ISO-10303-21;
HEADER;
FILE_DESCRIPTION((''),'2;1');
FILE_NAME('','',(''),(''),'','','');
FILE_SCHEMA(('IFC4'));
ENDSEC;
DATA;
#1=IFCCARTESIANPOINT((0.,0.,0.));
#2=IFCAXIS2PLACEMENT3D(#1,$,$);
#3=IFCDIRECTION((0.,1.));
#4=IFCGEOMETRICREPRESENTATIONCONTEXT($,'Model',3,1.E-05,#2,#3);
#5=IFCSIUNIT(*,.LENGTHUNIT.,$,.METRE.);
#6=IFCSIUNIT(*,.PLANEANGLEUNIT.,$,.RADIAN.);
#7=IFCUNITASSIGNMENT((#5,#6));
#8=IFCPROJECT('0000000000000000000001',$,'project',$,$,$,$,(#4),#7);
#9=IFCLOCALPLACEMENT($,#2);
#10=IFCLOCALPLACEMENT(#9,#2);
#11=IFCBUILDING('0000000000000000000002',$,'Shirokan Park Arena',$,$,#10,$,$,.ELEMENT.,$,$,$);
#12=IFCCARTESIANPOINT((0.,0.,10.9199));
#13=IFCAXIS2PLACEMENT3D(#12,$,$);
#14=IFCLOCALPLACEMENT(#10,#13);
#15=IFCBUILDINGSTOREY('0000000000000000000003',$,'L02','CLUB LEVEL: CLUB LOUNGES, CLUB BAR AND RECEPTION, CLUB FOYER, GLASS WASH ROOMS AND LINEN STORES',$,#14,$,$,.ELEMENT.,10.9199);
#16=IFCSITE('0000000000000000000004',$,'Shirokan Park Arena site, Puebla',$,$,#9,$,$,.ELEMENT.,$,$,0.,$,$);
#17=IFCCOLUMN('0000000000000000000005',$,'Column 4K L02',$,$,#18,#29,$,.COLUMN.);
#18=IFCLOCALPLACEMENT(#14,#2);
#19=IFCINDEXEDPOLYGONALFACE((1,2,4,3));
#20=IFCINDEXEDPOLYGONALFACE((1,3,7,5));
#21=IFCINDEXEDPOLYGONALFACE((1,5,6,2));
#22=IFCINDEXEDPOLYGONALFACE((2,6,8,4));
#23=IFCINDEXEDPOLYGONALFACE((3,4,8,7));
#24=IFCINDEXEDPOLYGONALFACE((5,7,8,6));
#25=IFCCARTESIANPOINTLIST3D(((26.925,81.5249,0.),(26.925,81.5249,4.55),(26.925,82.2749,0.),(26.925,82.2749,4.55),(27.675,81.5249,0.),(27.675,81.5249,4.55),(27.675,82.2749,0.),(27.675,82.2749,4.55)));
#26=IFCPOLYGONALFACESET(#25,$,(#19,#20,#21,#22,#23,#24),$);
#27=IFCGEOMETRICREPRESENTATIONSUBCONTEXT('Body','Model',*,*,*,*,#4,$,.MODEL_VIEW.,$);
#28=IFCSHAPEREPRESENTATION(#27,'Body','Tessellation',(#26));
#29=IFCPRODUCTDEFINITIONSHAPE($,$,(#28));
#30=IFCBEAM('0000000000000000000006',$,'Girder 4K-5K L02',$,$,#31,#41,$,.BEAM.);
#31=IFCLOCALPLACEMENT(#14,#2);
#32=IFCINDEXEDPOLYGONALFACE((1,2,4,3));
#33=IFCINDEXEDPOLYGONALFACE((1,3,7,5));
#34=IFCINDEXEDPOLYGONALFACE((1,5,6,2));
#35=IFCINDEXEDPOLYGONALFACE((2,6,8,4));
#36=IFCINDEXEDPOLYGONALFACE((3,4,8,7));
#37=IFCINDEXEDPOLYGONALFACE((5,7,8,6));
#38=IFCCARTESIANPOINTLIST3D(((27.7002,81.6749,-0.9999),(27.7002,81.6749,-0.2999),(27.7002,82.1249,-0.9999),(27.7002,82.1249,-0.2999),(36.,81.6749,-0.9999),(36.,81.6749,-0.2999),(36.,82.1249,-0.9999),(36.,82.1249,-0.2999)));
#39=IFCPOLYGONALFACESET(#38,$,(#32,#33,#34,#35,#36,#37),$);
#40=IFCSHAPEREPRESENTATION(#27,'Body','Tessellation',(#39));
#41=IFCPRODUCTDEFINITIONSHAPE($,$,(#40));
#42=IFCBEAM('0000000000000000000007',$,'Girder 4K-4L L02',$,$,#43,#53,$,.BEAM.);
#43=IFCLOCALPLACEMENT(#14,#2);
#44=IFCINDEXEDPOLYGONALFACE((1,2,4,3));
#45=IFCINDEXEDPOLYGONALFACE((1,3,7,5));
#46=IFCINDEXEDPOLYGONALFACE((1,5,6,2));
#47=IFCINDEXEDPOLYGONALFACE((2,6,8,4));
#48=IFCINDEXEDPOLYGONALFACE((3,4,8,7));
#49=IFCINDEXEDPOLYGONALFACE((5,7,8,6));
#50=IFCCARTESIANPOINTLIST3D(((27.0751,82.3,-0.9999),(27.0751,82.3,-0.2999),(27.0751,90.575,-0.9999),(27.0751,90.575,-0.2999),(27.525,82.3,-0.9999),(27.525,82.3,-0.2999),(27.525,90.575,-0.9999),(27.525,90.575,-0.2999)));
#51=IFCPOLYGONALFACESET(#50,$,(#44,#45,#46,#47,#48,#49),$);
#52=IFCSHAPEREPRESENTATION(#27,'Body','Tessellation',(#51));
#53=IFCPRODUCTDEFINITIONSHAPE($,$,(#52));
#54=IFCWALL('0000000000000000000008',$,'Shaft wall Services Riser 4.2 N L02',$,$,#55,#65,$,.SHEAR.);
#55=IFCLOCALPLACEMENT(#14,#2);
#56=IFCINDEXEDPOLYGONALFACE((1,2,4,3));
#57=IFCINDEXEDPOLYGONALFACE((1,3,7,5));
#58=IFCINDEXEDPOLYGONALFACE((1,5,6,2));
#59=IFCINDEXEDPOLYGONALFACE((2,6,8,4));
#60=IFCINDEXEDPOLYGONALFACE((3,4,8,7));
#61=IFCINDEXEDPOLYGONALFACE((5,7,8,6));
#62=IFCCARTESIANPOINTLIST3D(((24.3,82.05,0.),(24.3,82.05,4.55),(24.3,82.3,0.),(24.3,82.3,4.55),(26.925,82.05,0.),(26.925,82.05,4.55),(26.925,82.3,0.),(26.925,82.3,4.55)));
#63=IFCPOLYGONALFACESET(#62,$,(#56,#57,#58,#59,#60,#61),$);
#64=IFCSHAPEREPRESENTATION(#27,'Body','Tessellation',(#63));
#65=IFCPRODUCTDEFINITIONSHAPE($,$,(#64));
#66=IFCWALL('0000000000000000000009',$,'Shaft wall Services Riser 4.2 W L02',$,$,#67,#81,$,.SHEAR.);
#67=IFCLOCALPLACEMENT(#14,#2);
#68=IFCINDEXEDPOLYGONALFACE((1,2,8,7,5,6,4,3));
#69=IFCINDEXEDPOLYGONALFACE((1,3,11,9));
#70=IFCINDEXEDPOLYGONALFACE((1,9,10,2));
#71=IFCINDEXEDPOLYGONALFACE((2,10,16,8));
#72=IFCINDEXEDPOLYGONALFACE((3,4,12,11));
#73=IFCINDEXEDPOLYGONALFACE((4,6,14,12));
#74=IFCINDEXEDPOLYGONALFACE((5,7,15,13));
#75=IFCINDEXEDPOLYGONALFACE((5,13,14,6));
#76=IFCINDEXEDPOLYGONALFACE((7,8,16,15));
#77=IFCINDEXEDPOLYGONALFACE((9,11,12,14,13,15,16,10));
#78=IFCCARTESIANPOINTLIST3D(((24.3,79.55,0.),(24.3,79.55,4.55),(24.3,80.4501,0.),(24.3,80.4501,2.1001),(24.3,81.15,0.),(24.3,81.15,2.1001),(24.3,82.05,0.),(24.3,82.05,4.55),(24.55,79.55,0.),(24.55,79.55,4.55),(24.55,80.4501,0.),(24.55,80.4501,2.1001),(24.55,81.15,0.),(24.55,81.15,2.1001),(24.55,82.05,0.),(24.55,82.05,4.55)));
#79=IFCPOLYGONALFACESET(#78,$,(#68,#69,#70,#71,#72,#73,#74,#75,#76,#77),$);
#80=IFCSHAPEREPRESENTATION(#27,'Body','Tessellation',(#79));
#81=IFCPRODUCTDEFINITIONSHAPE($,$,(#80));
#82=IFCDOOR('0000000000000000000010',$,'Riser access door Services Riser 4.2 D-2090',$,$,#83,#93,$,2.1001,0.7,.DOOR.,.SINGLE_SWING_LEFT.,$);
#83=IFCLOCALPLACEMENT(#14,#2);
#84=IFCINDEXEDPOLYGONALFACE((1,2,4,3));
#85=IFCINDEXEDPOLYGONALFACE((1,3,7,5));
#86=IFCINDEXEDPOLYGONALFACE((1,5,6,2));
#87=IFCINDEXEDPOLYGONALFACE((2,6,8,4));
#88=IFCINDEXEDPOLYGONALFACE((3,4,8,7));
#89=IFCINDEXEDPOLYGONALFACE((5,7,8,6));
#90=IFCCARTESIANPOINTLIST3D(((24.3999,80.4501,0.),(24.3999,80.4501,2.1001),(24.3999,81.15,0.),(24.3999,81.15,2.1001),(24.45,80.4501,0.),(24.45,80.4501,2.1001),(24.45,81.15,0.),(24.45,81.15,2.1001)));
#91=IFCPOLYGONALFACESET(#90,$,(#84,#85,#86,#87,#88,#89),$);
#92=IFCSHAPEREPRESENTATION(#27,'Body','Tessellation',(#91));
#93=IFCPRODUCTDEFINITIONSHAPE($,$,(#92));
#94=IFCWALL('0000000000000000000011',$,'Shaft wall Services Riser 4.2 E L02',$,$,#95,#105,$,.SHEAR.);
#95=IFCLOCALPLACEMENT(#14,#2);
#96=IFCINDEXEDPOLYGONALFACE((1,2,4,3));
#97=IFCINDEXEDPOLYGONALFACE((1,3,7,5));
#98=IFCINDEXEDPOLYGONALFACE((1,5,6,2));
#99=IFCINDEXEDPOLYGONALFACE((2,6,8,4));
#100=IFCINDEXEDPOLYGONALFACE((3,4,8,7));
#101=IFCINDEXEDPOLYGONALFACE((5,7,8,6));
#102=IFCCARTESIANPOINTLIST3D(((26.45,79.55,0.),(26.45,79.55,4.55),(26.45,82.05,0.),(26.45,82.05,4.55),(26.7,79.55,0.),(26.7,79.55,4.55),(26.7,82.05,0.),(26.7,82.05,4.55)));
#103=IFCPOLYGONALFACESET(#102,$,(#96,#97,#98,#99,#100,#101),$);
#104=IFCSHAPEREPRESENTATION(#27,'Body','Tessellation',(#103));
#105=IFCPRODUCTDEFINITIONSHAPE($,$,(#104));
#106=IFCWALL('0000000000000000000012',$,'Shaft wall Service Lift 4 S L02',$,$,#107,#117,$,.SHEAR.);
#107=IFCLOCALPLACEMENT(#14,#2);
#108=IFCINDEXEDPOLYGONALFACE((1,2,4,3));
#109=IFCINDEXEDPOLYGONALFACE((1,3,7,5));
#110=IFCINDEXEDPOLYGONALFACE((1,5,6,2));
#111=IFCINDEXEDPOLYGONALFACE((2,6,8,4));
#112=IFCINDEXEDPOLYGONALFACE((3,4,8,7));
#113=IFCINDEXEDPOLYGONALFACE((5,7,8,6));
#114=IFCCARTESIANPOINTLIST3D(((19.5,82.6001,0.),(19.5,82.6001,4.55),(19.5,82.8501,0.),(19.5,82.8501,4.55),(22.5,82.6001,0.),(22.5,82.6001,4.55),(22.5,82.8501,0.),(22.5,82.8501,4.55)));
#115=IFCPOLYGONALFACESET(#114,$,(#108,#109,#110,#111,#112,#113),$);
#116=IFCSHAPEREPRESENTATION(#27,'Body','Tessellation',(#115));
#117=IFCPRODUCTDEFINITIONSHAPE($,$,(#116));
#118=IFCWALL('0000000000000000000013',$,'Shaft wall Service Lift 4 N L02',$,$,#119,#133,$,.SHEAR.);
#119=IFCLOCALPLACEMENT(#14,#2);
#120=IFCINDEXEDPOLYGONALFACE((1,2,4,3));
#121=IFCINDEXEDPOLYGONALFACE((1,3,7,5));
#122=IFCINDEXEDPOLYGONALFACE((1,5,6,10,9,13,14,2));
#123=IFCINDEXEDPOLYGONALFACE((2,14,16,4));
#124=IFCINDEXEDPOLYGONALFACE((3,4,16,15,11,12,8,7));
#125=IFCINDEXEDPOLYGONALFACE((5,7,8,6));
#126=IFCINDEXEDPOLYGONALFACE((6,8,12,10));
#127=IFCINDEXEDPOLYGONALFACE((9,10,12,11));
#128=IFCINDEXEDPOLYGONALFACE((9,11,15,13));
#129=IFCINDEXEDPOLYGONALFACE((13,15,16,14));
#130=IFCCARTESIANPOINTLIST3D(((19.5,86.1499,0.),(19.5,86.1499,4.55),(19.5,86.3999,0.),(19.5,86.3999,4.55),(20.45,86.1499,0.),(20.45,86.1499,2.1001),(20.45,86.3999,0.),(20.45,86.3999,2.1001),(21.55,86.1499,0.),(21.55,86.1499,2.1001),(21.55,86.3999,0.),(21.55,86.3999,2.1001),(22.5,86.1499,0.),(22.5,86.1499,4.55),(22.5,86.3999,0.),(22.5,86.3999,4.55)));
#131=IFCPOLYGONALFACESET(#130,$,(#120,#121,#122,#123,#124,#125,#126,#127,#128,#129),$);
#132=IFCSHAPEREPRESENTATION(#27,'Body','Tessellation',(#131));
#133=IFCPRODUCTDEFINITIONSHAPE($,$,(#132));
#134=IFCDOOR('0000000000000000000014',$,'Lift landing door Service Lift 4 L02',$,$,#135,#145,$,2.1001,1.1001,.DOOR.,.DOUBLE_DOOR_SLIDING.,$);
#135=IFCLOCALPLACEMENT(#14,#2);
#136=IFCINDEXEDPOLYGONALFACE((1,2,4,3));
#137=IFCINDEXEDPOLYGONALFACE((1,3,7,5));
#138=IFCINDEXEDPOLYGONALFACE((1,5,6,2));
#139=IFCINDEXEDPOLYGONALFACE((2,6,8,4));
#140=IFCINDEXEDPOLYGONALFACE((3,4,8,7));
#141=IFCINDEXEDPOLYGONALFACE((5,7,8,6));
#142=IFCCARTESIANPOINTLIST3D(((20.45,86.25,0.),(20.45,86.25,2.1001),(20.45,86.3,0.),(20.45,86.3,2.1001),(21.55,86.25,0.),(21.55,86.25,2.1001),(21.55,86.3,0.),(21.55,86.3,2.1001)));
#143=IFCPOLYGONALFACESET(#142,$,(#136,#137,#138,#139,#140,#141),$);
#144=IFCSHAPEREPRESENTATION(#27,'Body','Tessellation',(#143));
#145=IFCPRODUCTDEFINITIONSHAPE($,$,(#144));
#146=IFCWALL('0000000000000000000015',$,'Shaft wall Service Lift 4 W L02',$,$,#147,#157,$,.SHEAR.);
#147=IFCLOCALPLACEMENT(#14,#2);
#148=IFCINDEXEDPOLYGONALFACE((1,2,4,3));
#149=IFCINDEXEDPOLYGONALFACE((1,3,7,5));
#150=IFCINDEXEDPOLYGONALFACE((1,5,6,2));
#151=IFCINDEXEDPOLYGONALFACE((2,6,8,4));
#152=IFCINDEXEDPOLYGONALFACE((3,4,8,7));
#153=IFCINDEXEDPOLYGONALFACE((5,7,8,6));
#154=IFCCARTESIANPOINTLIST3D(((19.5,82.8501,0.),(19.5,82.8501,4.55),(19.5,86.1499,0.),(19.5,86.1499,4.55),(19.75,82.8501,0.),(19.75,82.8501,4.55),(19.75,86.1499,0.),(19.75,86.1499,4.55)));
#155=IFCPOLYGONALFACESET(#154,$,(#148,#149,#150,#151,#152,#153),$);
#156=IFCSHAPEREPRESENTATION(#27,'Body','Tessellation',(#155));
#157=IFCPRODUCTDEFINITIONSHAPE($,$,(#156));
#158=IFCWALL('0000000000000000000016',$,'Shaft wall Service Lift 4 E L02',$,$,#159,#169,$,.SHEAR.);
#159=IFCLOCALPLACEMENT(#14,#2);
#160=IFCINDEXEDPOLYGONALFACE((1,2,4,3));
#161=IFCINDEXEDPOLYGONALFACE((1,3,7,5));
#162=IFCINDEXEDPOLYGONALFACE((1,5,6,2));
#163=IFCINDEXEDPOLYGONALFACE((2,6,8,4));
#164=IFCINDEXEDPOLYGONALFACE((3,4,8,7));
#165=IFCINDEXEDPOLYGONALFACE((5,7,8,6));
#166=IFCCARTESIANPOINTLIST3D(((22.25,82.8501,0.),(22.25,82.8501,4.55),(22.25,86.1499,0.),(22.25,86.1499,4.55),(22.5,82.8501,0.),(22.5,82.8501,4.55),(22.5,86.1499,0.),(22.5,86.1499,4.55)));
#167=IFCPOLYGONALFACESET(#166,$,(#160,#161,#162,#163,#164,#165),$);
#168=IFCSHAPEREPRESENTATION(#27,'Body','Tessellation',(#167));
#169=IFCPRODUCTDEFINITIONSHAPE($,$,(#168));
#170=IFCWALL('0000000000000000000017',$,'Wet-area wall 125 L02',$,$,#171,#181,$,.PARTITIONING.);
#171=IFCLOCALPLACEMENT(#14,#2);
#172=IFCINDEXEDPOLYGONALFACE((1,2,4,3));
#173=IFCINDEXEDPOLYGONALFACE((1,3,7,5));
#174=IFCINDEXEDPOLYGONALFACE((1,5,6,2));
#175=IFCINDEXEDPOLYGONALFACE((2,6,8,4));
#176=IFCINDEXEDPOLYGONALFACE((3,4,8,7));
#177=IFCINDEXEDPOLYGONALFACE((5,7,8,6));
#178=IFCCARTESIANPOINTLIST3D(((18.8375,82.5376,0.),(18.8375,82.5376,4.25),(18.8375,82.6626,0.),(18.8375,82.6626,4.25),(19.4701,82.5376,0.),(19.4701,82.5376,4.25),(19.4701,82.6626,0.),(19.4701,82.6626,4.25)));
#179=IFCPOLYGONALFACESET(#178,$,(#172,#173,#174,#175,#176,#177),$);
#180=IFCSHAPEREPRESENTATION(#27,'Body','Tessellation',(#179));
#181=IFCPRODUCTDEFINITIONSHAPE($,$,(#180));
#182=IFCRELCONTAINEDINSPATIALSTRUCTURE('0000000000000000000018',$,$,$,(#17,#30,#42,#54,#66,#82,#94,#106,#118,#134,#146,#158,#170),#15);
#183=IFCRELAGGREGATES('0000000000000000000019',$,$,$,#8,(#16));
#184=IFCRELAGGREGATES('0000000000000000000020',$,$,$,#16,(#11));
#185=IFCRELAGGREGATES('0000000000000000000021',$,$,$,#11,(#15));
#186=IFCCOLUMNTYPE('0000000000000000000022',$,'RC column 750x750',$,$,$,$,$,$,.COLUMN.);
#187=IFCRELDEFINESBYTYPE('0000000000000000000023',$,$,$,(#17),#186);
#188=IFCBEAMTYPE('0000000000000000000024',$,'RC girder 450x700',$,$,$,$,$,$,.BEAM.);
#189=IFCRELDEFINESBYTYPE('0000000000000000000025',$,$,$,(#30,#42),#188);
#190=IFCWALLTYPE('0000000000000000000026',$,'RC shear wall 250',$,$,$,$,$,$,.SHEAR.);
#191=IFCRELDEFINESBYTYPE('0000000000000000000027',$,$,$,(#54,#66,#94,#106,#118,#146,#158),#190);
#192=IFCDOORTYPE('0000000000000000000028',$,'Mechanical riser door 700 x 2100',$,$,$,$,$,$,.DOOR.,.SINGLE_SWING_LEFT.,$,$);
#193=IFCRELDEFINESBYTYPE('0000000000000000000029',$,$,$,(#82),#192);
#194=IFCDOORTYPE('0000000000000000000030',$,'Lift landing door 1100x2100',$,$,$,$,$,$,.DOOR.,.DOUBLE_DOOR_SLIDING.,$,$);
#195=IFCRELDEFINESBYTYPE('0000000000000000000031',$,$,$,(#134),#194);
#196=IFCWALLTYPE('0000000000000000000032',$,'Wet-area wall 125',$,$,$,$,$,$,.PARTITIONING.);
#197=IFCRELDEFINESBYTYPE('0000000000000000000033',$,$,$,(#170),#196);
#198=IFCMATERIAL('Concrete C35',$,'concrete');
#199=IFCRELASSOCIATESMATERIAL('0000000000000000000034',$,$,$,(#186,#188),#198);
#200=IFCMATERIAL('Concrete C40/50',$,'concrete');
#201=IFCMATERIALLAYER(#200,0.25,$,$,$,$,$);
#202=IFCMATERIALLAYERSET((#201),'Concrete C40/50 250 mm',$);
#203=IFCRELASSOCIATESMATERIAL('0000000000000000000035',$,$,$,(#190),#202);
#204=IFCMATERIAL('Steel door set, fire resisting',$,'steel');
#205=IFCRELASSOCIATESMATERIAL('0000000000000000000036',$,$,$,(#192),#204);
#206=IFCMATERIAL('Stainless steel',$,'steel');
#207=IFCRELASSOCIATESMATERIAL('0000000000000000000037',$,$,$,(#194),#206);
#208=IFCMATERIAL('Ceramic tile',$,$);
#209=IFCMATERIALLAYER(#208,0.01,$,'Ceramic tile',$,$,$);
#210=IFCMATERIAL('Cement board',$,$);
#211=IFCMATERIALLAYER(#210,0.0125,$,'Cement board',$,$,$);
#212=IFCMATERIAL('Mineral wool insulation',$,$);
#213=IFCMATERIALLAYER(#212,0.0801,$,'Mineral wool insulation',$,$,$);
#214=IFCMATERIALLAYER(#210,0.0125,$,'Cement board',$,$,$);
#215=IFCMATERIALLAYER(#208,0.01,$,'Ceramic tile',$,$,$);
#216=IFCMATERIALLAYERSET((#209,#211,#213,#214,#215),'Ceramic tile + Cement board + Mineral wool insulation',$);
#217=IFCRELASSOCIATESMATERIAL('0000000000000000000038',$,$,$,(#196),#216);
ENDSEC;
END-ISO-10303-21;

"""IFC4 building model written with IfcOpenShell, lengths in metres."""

from ifc_helpers import new_model, si_unit, direction, frame, frame_2d, origin, origin_2d, place, context, subcontext, project, spatial, rectangle, extrude, material, layer, layer_set, material_profile, profile_set, type_object, element, fill, save


model = new_model("IFC4")

# Units and contexts
model_context = context("Model", 3, precision=1e-05, world=origin(), true_north=direction((0.0, 1.0)))
body_context = subcontext(model_context, "Body", "Model", "MODEL_VIEW")
ifc_project = project(units=[si_unit("LENGTHUNIT", "METRE"), si_unit("PLANEANGLEUNIT", "RADIAN")], contexts=[model_context])

# Site, building, storey
site_placement = place(None, origin())
site = spatial("IfcSite", under=ifc_project, at=site_placement, Name="Shirokan Park Arena site, Puebla", CompositionType="ELEMENT", RefElevation=0.0)
building_placement = place(site_placement, origin())
building = spatial("IfcBuilding", under=site, at=building_placement, Name="Shirokan Park Arena", CompositionType="ELEMENT")
storey_placement = place(building_placement, frame((0.0, 0.0, 10.9199)))
storey = spatial("IfcBuildingStorey", under=building, at=storey_placement, Name="L02", Description="CLUB LEVEL: CLUB LOUNGES, CLUB BAR AND RECEPTION, CLUB FOYER, GLASS WASH ROOMS AND LINEN STORES", CompositionType="ELEMENT", Elevation=10.9199)

# Column
ifc_material_1 = material(Name="Concrete C35", Category="concrete")
ifc_material_profile_1 = material_profile(ifc_material_1, rectangle(XDim=0.75, YDim=0.75, at=origin_2d()), Name="750x750")
ifc_profile_set_1 = profile_set([ifc_material_profile_1], Name="Concrete C35")
column_type = type_object("IfcColumnType", Name="RC column 750x750", PredefinedType="COLUMN", material=ifc_profile_set_1)
column_placement = place(storey_placement, frame((27.3, 81.8999, 0.0), z_axis=(0.0, 0.0, 1.0), x_axis=(1.0, 0.0, 0.0)))
element("IfcColumn", 1, at=column_placement, inside=storey, type_object=column_type, Name="Column 4K L02", PredefinedType="COLUMN", context=body_context, shape_type="SweptSolid", body=[
    extrude(rectangle(XDim=0.75, YDim=0.75, at=origin_2d()), origin(), (0.0, 0.0, 1.0), 4.55),
])

# Beams
ifc_material_profile_2 = material_profile(ifc_material_1, rectangle(XDim=0.45, YDim=0.7, at=origin_2d()), Name="450x700")
ifc_profile_set_2 = profile_set([ifc_material_profile_2], Name="Concrete C35")
beam_type = type_object("IfcBeamType", Name="RC girder 450x700", PredefinedType="BEAM", material=ifc_profile_set_2)
beam_1_placement = place(storey_placement, frame((27.7002, 81.8999, -0.6499), z_axis=(1.0, 0.0, 0.0), x_axis=(0.0, 1.0, 0.0)))
element("IfcBeam", 2, at=beam_1_placement, inside=storey, type_object=beam_type, Name="Girder 4K-5K L02", PredefinedType="BEAM", context=body_context, shape_type="SweptSolid", body=[
    extrude(rectangle(XDim=0.45, YDim=0.7, at=origin_2d()), origin(), (0.0, 0.0, 1.0), 8.2998),
])
beam_2_placement = place(storey_placement, frame((27.3, 82.3, -0.6499), z_axis=(0.0, 1.0, 0.0), x_axis=(-1.0, 0.0, 0.0)))
element("IfcBeam", 3, at=beam_2_placement, inside=storey, type_object=beam_type, Name="Girder 4K-4L L02", PredefinedType="BEAM", context=body_context, shape_type="SweptSolid", body=[
    extrude(rectangle(XDim=0.45, YDim=0.7, at=origin_2d()), origin(), (0.0, 0.0, 1.0), 8.2749),
])

# Wall
ifc_material_2 = material(Name="Concrete C40/50", Category="concrete")
ifc_layer_1 = layer(ifc_material_2, 0.25)
ifc_layer_set_1 = layer_set([ifc_layer_1], Name="Concrete C40/50 250 mm")
wall_type_1 = type_object("IfcWallType", Name="RC shear wall 250", PredefinedType="SHEAR", material=ifc_layer_set_1)
wall_1_placement = place(storey_placement, frame((26.925, 82.175, 0.0), z_axis=(0.0, 0.0, 1.0), x_axis=(-1.0, 0.0, 0.0)))
element("IfcWall", 4, at=wall_1_placement, inside=storey, type_object=wall_type_1, Name="Shaft wall Services Riser 4.2 N L02", PredefinedType="SHEAR", context=body_context, shape_type="SweptSolid", body=[
    extrude(rectangle(XDim=2.625, YDim=0.25, at=frame_2d((1.3125, 0.0))), origin(), (0.0, 0.0, 1.0), 4.55),
])

# Wall, opening, door
wall_2_placement = place(storey_placement, frame((24.425, 82.05, 0.0), z_axis=(0.0, 0.0, 1.0), x_axis=(0.0, -1.0, 0.0)))
wall_2 = element("IfcWall", 5, at=wall_2_placement, inside=storey, type_object=wall_type_1, Name="Shaft wall Services Riser 4.2 W L02", PredefinedType="SHEAR", context=body_context, shape_type="SweptSolid", body=[
    extrude(rectangle(XDim=2.5, YDim=0.25, at=frame_2d((1.25, 0.0))), origin(), (0.0, 0.0, 1.0), 4.55),
])
opening_1_placement = place(wall_2_placement, frame((0.8999, 0.0, 0.0)))
opening_1 = element("IfcOpeningElement", 6, at=opening_1_placement, cuts=wall_2, PredefinedType="OPENING", context=body_context, shape_type="SweptSolid", body=[
    extrude(rectangle(XDim=0.7, YDim=2.1001, at=frame_2d((0.3501, 1.05))), frame((0.0, 0.135, 0.0), z_axis=(0.0, -1.0, 0.0), x_axis=(1.0, 0.0, 0.0)), (0.0, 0.0, 1.0), 0.27),
])
ifc_material_3 = material(Name="Steel door set, fire resisting", Category="steel")
door_type_1 = type_object("IfcDoorType", Name="Mechanical riser door 700 x 2100", OperationType="SINGLE_SWING_LEFT", PredefinedType="DOOR", material=ifc_material_3)
door_1_placement = place(opening_1_placement, origin())
door_1 = element("IfcDoor", 7, at=door_1_placement, inside=storey, type_object=door_type_1, Name="Riser access door Services Riser 4.2 D-2090", OperationType="SINGLE_SWING_LEFT", OverallHeight=2.1001, OverallWidth=0.7, PredefinedType="DOOR", context=body_context, shape_type="SweptSolid", body=[
    extrude(rectangle(XDim=0.7, YDim=2.1001, at=frame_2d((0.3501, 1.05))), frame((0.0, 0.0249, 0.0), z_axis=(0.0, -1.0, 0.0), x_axis=(1.0, 0.0, 0.0)), (0.0, 0.0, 1.0), 0.05),
])
fill(opening_1, door_1)

# Walls
wall_3_placement = place(storey_placement, frame((26.575, 82.05, 0.0), z_axis=(0.0, 0.0, 1.0), x_axis=(0.0, -1.0, 0.0)))
element("IfcWall", 8, at=wall_3_placement, inside=storey, type_object=wall_type_1, Name="Shaft wall Services Riser 4.2 E L02", PredefinedType="SHEAR", context=body_context, shape_type="SweptSolid", body=[
    extrude(rectangle(XDim=2.5, YDim=0.25, at=frame_2d((1.25, 0.0))), origin(), (0.0, 0.0, 1.0), 4.55),
])
wall_4_placement = place(storey_placement, frame((22.5, 82.7251, 0.0), z_axis=(0.0, 0.0, 1.0), x_axis=(-1.0, 0.0, 0.0)))
element("IfcWall", 9, at=wall_4_placement, inside=storey, type_object=wall_type_1, Name="Shaft wall Service Lift 4 S L02", PredefinedType="SHEAR", context=body_context, shape_type="SweptSolid", body=[
    extrude(rectangle(XDim=3.0, YDim=0.25, at=frame_2d((1.5, 0.0))), origin(), (0.0, 0.0, 1.0), 4.55),
])

# Wall, opening, door
wall_5_placement = place(storey_placement, frame((22.5, 86.2749, 0.0), z_axis=(0.0, 0.0, 1.0), x_axis=(-1.0, 0.0, 0.0)))
wall_5 = element("IfcWall", 10, at=wall_5_placement, inside=storey, type_object=wall_type_1, Name="Shaft wall Service Lift 4 N L02", PredefinedType="SHEAR", context=body_context, shape_type="SweptSolid", body=[
    extrude(rectangle(XDim=3.0, YDim=0.25, at=frame_2d((1.5, 0.0))), origin(), (0.0, 0.0, 1.0), 4.55),
])
opening_2_placement = place(wall_5_placement, frame((0.95, 0.0, 0.0)))
opening_2 = element("IfcOpeningElement", 11, at=opening_2_placement, cuts=wall_5, PredefinedType="OPENING", context=body_context, shape_type="SweptSolid", body=[
    extrude(rectangle(XDim=1.1001, YDim=2.1001, at=frame_2d((0.55, 1.05))), frame((0.0, 0.135, 0.0), z_axis=(0.0, -1.0, 0.0), x_axis=(1.0, 0.0, 0.0)), (0.0, 0.0, 1.0), 0.27),
])
ifc_material_4 = material(Name="Stainless steel", Category="steel")
door_type_2 = type_object("IfcDoorType", Name="Lift landing door 1100x2100", OperationType="DOUBLE_DOOR_SLIDING", PredefinedType="DOOR", material=ifc_material_4)
door_2_placement = place(opening_2_placement, origin())
door_2 = element("IfcDoor", 12, at=door_2_placement, inside=storey, type_object=door_type_2, Name="Lift landing door Service Lift 4 L02", OperationType="DOUBLE_DOOR_SLIDING", OverallHeight=2.1001, OverallWidth=1.1001, PredefinedType="DOOR", context=body_context, shape_type="SweptSolid", body=[
    extrude(rectangle(XDim=1.1001, YDim=2.1001, at=frame_2d((0.55, 1.05))), frame((0.0, 0.0249, 0.0), z_axis=(0.0, -1.0, 0.0), x_axis=(1.0, 0.0, 0.0)), (0.0, 0.0, 1.0), 0.05),
])
fill(opening_2, door_2)

# Walls
for number, where, z_axis, x_axis, name in (
    (13, (19.625, 86.1499, 0.0), (0.0, 0.0, 1.0), (0.0, -1.0, 0.0), "Shaft wall Service Lift 4 W L02"),
    (14, (22.375, 86.1499, 0.0), (0.0, 0.0, 1.0), (0.0, -1.0, 0.0), "Shaft wall Service Lift 4 E L02"),
):
    element("IfcWall", number, at=place(storey_placement, frame(where, z_axis=z_axis, x_axis=x_axis)), inside=storey, type_object=wall_type_1, Name=name, PredefinedType="SHEAR", context=body_context, shape_type="SweptSolid", body=[
        extrude(rectangle(XDim=3.2998, YDim=0.25, at=frame_2d((1.6499, 0.0))), origin(), (0.0, 0.0, 1.0), 4.55),
    ])
ifc_material_5 = material(Name="Ceramic tile")
ifc_layer_2 = layer(ifc_material_5, 0.01, Name="Ceramic tile")
ifc_material_6 = material(Name="Cement board")
ifc_layer_3 = layer(ifc_material_6, 0.0125, Name="Cement board")
ifc_material_7 = material(Name="Mineral wool insulation")
ifc_layer_4 = layer(ifc_material_7, 0.0801, Name="Mineral wool insulation")
ifc_layer_5 = layer(ifc_material_6, 0.0125, Name="Cement board")
ifc_layer_6 = layer(ifc_material_5, 0.01, Name="Ceramic tile")
ifc_layer_set_2 = layer_set([ifc_layer_2, ifc_layer_3, ifc_layer_4, ifc_layer_5, ifc_layer_6], Name="Ceramic tile + Cement board + Mineral wool insulation")
wall_type_2 = type_object("IfcWallType", Name="Wet-area wall 125", PredefinedType="PARTITIONING", material=ifc_layer_set_2)
wall_6_placement = place(storey_placement, frame((18.8374, 82.6001, 0.0), z_axis=(0.0, 0.0, 1.0), x_axis=(1.0, 0.0, 0.0)))
element("IfcWall", 15, at=wall_6_placement, inside=storey, type_object=wall_type_2, Name="Wet-area wall 125 L02", PredefinedType="PARTITIONING", context=body_context, shape_type="SweptSolid", body=[
    extrude(rectangle(XDim=0.6326, YDim=0.125, at=frame_2d((0.3164, 0.0))), origin(), (0.0, 0.0, 1.0), 4.25),
])

save(model, "model.ifc")
